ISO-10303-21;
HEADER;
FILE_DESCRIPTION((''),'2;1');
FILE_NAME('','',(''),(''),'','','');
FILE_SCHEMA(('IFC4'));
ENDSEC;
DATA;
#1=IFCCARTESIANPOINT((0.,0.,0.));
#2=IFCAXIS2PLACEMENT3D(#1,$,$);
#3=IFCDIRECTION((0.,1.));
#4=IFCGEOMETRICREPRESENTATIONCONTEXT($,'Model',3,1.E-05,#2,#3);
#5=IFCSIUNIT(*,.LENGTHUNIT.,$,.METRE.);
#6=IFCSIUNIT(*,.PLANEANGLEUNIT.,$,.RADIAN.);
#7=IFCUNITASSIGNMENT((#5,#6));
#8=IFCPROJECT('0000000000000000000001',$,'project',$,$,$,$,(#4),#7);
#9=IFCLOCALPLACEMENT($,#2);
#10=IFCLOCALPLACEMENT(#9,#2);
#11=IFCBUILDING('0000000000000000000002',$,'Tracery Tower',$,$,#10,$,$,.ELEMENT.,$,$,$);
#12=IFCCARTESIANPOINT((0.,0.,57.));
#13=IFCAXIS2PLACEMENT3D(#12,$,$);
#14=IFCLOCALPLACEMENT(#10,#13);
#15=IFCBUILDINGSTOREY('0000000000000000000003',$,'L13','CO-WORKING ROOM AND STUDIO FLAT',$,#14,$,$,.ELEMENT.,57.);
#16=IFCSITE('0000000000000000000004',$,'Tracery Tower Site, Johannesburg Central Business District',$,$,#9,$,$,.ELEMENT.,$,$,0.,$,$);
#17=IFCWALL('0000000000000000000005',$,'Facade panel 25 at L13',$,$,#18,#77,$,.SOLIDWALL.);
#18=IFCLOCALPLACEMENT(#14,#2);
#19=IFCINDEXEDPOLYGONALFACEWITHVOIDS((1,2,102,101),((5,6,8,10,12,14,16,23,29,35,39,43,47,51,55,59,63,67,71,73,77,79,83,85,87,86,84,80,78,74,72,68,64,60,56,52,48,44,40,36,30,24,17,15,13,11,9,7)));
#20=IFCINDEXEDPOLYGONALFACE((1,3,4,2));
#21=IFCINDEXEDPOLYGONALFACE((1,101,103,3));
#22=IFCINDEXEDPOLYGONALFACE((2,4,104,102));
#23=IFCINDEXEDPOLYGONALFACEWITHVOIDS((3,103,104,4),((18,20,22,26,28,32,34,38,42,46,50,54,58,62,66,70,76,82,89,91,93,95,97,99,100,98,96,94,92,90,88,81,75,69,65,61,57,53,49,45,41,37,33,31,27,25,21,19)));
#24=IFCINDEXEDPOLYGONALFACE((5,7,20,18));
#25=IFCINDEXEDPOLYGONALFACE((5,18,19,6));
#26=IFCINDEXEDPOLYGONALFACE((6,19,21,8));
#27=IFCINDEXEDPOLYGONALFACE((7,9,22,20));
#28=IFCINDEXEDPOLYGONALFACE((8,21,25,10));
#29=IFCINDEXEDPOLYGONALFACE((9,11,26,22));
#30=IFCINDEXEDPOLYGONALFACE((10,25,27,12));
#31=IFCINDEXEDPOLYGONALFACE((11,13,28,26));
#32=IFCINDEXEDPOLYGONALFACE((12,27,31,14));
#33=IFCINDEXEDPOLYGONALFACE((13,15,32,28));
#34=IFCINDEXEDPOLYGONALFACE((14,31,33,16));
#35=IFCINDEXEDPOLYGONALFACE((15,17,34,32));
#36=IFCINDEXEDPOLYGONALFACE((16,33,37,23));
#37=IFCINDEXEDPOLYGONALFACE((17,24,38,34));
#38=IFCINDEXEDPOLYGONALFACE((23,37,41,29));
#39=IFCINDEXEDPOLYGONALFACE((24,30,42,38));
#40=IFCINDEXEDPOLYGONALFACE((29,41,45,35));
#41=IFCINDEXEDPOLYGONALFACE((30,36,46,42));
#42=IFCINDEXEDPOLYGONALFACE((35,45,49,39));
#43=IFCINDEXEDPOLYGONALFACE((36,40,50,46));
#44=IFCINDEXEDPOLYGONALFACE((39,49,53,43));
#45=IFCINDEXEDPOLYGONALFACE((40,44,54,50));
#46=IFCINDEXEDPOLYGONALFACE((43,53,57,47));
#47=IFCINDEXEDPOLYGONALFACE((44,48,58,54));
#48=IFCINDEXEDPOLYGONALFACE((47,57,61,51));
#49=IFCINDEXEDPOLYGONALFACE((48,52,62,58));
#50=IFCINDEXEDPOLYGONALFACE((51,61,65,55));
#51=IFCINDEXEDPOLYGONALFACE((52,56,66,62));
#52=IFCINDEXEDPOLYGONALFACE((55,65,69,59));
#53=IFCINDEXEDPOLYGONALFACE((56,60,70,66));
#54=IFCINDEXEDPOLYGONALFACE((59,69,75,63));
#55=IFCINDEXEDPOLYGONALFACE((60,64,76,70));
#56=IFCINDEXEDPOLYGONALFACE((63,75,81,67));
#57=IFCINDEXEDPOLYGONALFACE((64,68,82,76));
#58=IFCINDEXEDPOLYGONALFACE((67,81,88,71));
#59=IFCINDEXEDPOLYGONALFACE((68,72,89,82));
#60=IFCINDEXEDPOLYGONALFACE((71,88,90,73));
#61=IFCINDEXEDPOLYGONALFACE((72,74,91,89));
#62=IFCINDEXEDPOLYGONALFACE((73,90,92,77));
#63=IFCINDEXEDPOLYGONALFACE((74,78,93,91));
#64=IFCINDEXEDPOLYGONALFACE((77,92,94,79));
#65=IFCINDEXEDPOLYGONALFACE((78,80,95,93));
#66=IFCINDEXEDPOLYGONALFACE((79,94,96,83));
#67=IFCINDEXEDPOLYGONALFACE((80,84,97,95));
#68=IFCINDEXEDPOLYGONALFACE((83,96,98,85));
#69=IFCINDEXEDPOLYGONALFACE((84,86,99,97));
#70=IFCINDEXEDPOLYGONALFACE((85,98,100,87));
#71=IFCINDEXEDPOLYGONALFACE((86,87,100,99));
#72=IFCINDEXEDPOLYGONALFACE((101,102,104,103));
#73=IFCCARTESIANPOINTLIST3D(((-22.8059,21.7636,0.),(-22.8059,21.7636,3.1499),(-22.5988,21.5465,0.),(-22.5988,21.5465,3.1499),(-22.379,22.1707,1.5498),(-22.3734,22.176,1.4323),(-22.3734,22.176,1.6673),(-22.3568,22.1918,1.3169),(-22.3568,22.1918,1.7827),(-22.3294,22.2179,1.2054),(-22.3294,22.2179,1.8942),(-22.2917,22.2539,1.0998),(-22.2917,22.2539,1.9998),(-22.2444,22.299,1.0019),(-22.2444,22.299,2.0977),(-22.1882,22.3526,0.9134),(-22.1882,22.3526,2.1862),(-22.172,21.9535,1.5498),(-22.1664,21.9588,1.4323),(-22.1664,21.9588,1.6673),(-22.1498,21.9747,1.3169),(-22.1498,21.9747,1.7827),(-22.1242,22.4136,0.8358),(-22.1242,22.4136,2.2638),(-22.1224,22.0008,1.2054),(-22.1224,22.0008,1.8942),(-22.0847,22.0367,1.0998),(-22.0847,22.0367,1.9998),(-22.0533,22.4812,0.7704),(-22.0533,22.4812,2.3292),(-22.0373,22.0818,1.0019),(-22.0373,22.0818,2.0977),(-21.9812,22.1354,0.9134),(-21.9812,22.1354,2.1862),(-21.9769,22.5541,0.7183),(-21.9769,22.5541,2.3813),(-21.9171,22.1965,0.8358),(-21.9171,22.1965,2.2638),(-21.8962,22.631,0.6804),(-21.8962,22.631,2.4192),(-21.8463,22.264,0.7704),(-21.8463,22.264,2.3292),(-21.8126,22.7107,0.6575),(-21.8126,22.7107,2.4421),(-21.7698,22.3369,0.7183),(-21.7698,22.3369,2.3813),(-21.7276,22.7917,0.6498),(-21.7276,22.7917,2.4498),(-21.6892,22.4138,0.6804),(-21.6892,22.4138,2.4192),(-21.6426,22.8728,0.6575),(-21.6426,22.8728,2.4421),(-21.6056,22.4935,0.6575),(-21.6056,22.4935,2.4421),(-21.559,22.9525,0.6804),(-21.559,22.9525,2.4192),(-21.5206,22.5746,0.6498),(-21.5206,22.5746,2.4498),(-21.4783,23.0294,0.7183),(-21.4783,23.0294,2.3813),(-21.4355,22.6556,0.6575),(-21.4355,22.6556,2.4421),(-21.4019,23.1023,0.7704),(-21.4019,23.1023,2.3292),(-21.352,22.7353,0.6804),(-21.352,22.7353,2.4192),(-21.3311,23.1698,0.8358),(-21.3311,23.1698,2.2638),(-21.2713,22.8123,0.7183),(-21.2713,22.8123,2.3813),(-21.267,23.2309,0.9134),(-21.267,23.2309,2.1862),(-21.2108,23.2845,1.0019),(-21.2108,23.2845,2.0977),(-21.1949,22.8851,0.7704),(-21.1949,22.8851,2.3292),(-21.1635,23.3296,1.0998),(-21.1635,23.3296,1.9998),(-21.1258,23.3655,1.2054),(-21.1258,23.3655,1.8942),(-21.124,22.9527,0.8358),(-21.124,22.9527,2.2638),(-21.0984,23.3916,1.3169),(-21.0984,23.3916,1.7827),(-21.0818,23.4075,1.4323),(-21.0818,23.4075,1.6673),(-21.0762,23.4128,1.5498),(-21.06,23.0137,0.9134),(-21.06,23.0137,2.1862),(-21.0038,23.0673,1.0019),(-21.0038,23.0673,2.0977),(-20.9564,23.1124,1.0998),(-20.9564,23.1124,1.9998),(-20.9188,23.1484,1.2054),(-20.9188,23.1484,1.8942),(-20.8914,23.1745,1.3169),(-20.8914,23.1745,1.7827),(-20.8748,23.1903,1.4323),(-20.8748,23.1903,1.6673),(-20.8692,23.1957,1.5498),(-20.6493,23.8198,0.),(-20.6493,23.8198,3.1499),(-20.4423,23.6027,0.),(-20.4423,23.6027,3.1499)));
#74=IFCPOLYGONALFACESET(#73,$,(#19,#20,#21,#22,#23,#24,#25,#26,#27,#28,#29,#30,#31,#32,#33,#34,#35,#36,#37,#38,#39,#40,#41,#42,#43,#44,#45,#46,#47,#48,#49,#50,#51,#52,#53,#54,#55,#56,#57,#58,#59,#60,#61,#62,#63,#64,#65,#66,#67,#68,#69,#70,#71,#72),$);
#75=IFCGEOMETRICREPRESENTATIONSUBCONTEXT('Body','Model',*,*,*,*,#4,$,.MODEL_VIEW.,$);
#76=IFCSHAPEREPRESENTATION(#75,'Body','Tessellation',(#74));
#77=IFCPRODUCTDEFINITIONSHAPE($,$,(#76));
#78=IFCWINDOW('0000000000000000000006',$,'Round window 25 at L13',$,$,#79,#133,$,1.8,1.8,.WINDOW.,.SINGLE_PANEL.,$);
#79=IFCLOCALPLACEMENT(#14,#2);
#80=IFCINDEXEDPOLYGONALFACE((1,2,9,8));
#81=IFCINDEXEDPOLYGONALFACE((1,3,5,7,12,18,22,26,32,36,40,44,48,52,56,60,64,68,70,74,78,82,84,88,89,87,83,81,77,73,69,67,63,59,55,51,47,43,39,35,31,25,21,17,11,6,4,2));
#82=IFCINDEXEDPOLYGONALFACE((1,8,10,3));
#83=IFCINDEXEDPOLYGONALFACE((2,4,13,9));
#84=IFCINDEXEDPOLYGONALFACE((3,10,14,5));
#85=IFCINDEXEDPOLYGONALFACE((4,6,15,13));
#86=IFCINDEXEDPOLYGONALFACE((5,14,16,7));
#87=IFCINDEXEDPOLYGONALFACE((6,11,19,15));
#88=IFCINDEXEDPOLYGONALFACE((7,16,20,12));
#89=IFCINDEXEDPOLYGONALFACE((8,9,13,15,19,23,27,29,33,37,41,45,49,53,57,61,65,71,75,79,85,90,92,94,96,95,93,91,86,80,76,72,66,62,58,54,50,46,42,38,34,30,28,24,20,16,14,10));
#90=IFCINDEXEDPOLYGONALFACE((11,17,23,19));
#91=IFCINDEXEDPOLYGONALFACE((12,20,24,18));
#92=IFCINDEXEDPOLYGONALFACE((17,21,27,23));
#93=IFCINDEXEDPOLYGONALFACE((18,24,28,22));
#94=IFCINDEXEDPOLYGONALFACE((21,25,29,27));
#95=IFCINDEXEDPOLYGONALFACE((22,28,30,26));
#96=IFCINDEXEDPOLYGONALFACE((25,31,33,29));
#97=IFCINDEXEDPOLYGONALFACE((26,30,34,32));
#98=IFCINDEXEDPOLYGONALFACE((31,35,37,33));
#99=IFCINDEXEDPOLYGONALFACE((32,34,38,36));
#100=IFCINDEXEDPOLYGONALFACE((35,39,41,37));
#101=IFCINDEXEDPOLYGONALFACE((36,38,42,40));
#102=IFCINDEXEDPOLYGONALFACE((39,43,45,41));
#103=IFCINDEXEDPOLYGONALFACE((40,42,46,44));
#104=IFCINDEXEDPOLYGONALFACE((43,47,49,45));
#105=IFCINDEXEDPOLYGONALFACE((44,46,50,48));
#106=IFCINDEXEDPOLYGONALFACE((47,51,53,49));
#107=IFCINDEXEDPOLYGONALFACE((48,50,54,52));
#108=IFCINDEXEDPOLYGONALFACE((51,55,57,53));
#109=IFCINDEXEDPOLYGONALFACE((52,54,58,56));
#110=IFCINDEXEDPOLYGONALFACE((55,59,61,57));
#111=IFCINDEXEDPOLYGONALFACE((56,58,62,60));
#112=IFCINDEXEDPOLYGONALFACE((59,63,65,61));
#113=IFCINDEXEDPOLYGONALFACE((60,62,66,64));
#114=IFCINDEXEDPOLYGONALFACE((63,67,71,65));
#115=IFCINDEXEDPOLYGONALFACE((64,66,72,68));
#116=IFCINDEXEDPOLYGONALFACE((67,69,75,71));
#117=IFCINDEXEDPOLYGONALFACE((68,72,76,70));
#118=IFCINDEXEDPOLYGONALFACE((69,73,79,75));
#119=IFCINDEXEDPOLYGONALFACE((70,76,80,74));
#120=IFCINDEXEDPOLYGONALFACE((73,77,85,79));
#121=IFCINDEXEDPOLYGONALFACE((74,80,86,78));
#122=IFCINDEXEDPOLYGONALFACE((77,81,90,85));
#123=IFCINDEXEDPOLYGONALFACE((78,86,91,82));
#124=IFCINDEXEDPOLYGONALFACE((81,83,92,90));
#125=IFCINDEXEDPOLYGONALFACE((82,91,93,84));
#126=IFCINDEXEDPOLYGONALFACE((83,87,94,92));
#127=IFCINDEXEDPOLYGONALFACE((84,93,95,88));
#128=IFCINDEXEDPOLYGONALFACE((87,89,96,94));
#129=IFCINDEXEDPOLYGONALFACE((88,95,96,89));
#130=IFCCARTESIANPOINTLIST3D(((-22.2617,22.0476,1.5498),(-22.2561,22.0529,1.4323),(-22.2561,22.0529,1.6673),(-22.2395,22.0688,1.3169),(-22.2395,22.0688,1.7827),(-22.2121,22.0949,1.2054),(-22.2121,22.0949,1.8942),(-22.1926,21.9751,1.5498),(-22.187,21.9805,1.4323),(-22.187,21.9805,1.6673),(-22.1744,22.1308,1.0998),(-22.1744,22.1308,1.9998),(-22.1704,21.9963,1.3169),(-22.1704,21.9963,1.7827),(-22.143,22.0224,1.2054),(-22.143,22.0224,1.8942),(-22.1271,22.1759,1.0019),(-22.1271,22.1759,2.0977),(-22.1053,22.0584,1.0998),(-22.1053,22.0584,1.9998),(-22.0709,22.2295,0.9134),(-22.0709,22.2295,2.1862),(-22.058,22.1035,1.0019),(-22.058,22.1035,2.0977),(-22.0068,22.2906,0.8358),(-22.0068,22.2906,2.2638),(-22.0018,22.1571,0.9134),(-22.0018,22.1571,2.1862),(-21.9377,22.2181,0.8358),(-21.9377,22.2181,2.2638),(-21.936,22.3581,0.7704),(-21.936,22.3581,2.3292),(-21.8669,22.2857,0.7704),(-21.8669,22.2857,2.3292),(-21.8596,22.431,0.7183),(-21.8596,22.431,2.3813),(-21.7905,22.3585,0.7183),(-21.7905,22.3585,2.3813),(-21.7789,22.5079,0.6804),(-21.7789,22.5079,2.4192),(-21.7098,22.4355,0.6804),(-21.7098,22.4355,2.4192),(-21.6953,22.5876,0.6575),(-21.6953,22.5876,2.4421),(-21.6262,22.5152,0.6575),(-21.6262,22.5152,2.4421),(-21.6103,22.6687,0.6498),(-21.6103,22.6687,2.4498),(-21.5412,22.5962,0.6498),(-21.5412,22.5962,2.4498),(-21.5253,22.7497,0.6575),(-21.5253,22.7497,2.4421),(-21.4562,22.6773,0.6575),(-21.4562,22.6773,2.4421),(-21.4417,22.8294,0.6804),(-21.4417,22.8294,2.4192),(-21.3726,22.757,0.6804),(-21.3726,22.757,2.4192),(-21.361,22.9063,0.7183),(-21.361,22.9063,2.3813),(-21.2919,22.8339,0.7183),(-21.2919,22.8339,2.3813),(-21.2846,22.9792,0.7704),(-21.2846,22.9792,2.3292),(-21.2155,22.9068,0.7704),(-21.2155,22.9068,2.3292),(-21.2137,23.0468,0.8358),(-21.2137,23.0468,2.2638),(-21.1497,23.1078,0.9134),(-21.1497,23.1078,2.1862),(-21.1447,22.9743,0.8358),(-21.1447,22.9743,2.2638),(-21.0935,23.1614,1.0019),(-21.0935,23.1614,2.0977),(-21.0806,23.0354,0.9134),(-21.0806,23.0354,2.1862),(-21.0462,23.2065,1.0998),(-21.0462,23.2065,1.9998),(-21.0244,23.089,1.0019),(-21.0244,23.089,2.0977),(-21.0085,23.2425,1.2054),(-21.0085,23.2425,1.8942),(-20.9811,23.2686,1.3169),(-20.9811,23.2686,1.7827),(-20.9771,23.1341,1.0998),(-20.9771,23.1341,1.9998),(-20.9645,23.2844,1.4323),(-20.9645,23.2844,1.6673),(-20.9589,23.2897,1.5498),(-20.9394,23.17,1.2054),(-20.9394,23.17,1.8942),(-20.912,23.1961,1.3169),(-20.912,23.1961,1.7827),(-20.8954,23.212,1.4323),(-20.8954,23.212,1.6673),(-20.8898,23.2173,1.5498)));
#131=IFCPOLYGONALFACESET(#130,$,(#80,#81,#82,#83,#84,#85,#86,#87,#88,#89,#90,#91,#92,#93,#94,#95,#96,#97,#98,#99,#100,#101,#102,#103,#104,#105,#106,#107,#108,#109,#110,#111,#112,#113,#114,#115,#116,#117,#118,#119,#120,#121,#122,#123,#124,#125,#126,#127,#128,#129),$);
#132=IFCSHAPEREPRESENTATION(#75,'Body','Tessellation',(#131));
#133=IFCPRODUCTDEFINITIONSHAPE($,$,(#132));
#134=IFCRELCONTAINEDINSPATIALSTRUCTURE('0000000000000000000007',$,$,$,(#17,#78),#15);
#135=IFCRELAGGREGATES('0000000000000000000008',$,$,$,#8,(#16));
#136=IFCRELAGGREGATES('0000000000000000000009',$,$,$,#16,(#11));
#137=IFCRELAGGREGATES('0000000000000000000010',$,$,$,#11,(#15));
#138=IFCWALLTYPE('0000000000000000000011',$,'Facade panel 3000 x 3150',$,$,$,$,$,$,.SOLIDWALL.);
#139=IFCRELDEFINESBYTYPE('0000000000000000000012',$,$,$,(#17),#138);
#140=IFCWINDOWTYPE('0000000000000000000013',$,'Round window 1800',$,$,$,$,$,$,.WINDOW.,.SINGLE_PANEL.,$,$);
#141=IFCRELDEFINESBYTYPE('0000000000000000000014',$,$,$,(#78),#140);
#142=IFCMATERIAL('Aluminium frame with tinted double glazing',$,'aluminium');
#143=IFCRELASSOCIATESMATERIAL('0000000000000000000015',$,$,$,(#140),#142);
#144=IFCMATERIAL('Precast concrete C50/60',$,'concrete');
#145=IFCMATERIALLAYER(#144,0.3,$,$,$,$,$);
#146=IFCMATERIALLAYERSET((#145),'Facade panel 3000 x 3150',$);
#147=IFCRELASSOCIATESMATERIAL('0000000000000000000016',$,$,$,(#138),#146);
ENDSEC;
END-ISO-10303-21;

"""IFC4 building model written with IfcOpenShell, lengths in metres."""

from ifc_helpers import new_model, si_unit, direction, frame, frame_2d, origin, origin_2d, place, context, subcontext, project, spatial, rectangle, circle, extrude, material, layer, layer_set, type_object, element, fill, save


model = new_model("IFC4")

# Units and contexts
model_context = context("Model", 3, precision=1e-05, world=origin(), true_north=direction((0.0, 1.0)))
body_context = subcontext(model_context, "Body", "Model", "MODEL_VIEW")
ifc_project = project(units=[si_unit("LENGTHUNIT", "METRE"), si_unit("PLANEANGLEUNIT", "RADIAN")], contexts=[model_context])

# Site, building, storey
site_placement = place(None, origin())
site = spatial("IfcSite", under=ifc_project, at=site_placement, Name="Tracery Tower Site, Johannesburg Central Business District", CompositionType="ELEMENT", RefElevation=0.0)
building_placement = place(site_placement, origin())
building = spatial("IfcBuilding", under=site, at=building_placement, Name="Tracery Tower", CompositionType="ELEMENT")
storey_placement = place(building_placement, frame((0.0, 0.0, 57.0)))
storey = spatial("IfcBuildingStorey", under=building, at=storey_placement, Name="L13", Description="CO-WORKING ROOM AND STUDIO FLAT", CompositionType="ELEMENT", Elevation=57.0)

# Wall, opening, window
ifc_material_1 = material(Name="Aluminium frame with tinted double glazing", Category="aluminium")
window_type = type_object("IfcWindowType", Name="Round window 1800", PartitioningType="SINGLE_PANEL", PredefinedType="WINDOW", material=ifc_material_1)
ifc_material_2 = material(Name="Precast concrete C50/60", Category="concrete")
ifc_layer_1 = layer(ifc_material_2, 0.3)
ifc_layer_set_1 = layer_set([ifc_layer_1], Name="Facade panel 3000 x 3150")
wall_type_1 = type_object("IfcWallType", Name="Facade panel 3000 x 3150", PredefinedType="SOLIDWALL", material=ifc_layer_set_1)
wall_1_placement = place(storey_placement, frame((-20.5459, 23.7112, 0.0), z_axis=(0.0, 0.0, 1.0), x_axis=(-0.723744, -0.690068, 0.0)))
wall_1 = element("IfcWall", 1, at=wall_1_placement, inside=storey, type_object=wall_type_1, Name="Facade panel 25 at L13", PredefinedType="SOLIDWALL", context=body_context, shape_type="SweptSolid", body=[
    extrude(rectangle(XDim=2.9797, YDim=0.3, at=frame_2d((1.4897, 0.0))), origin(), (0.0, 0.0, 1.0), 3.1499),
])
opening_1_placement = place(wall_1_placement, frame((1.4897, 0.0, 1.5498)))
opening_1 = element("IfcOpeningElement", 2, at=opening_1_placement, cuts=wall_1, PredefinedType="OPENING", context=body_context, shape_type="SweptSolid", body=[
    extrude(circle(Radius=0.9, at=origin_2d()), frame((0.0, 0.1599, 0.0), z_axis=(0.0, -1.0, 0.0), x_axis=(1.0, 0.0, 0.0)), (0.0, 0.0, 1.0), 0.3201),
])
window_1_placement = place(opening_1_placement, origin())
window_1 = element("IfcWindow", 3, at=window_1_placement, inside=storey, type_object=window_type, Name="Round window 25 at L13", OverallHeight=1.8, OverallWidth=1.8, PartitioningType="SINGLE_PANEL", PredefinedType="WINDOW", context=body_context, shape_type="SweptSolid", body=[
    extrude(circle(Radius=0.9, at=origin_2d()), frame((0.0, 0.1201, 0.0), z_axis=(0.0, -1.0, 0.0), x_axis=(1.0, 0.0, 0.0)), (0.0, 0.0, 1.0), 0.1001),
])
fill(opening_1, window_1)

save(model, "model.ifc")
